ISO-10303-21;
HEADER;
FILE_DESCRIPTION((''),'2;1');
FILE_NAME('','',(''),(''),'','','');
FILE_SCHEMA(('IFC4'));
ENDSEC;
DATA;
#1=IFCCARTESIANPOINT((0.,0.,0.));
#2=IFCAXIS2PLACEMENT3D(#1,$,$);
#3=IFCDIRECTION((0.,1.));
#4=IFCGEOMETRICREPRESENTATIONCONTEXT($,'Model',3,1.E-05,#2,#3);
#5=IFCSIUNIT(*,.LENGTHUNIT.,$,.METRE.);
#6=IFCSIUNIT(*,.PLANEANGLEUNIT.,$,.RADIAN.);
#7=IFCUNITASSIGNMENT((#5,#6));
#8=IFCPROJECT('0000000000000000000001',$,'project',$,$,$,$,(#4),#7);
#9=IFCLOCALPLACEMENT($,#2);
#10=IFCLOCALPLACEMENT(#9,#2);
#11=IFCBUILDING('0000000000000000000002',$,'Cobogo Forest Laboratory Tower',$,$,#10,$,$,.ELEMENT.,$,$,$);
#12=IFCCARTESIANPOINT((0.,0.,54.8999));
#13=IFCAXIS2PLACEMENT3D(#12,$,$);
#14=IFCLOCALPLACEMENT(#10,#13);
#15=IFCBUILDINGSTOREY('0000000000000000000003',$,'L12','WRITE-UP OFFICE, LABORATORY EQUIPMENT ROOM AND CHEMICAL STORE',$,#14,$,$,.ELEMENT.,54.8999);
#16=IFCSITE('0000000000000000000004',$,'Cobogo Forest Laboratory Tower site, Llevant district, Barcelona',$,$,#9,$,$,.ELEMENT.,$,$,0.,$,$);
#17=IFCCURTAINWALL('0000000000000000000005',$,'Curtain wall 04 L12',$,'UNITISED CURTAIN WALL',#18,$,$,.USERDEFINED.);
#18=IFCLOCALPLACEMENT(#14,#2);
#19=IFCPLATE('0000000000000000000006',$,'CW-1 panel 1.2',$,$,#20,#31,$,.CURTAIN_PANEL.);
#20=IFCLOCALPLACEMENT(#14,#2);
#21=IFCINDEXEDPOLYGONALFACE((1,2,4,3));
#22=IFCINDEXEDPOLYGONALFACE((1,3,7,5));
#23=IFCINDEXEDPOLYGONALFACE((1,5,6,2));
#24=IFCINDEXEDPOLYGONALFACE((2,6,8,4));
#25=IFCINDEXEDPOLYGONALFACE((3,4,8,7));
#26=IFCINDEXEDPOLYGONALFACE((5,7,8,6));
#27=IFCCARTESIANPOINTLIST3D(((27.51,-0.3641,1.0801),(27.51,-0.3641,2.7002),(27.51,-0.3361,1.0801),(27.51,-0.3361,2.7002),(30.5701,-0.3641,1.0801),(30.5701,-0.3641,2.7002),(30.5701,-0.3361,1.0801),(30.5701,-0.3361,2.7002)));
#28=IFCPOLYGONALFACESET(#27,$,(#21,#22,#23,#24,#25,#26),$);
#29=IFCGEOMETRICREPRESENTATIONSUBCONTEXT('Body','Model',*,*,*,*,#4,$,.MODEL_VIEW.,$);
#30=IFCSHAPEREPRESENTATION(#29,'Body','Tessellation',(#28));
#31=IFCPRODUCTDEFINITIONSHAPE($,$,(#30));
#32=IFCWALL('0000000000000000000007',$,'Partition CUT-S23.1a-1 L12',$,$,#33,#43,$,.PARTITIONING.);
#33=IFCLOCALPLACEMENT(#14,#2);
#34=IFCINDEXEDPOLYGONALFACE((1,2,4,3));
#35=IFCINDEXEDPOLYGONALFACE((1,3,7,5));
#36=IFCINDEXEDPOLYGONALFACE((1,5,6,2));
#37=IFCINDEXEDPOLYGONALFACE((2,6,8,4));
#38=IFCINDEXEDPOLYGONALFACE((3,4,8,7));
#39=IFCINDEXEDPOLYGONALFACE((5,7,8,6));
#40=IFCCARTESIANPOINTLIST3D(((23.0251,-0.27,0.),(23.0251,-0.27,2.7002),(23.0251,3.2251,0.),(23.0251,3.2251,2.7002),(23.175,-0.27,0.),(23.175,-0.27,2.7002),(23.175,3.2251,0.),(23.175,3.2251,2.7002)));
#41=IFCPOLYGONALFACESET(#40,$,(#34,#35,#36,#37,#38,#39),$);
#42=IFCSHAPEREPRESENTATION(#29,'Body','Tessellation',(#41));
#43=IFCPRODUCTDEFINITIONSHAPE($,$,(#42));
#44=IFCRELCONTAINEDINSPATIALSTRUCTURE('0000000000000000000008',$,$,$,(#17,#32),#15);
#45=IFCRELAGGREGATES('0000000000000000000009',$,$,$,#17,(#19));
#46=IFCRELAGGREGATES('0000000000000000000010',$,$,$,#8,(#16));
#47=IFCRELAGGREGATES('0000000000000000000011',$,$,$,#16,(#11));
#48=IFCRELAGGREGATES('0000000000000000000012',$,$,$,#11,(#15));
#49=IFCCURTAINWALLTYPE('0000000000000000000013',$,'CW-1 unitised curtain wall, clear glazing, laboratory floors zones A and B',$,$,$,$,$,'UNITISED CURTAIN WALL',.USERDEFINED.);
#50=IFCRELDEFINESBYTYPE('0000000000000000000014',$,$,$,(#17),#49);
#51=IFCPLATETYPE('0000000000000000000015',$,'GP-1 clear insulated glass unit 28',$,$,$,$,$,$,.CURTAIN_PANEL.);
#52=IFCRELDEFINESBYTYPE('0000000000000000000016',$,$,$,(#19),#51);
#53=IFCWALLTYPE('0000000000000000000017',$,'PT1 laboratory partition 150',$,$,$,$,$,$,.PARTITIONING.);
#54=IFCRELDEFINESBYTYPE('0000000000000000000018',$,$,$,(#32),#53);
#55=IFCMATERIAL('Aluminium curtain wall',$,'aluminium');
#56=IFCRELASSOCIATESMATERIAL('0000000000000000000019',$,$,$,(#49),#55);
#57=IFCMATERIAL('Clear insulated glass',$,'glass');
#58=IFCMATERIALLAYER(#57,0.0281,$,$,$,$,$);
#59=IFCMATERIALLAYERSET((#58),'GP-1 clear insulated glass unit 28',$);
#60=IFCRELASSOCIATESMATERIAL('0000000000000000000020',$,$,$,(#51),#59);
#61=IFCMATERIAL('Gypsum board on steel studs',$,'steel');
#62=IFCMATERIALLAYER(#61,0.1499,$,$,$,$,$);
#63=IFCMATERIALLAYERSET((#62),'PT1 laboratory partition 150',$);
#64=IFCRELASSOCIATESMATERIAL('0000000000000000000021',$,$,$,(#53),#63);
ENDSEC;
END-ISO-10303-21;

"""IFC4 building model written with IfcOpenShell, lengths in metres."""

from ifc_helpers import new_model, si_unit, direction, frame, frame_2d, origin, origin_2d, place, context, subcontext, project, spatial, rectangle, extrude, material, layer, layer_set, type_object, element, aggregate, save


model = new_model("IFC4")

# Units and contexts
model_context = context("Model", 3, precision=1e-05, world=origin(), true_north=direction((0.0, 1.0)))
body_context = subcontext(model_context, "Body", "Model", "MODEL_VIEW")
ifc_project = project(units=[si_unit("LENGTHUNIT", "METRE"), si_unit("PLANEANGLEUNIT", "RADIAN")], contexts=[model_context])

# Site, building, storey
site_placement = place(None, origin())
site = spatial("IfcSite", under=ifc_project, at=site_placement, Name="Cobogo Forest Laboratory Tower site, Llevant district, Barcelona", CompositionType="ELEMENT", RefElevation=0.0)
building_placement = place(site_placement, origin())
building = spatial("IfcBuilding", under=site, at=building_placement, Name="Cobogo Forest Laboratory Tower", CompositionType="ELEMENT")
storey_placement = place(building_placement, frame((0.0, 0.0, 54.8999)))
storey = spatial("IfcBuildingStorey", under=building, at=storey_placement, Name="L12", Description="WRITE-UP OFFICE, LABORATORY EQUIPMENT ROOM AND CHEMICAL STORE", CompositionType="ELEMENT", Elevation=54.8999)

# Curtain wall
ifc_material_1 = material(Name="Aluminium curtain wall", Category="aluminium")
curtain_wall_type = type_object("IfcCurtainWallType", Name="CW-1 unitised curtain wall, clear glazing, laboratory floors zones A and B", ElementType="UNITISED CURTAIN WALL", PredefinedType="USERDEFINED", material=ifc_material_1)
curtain_wall_1_placement = place(storey_placement, origin())
curtain_wall_1 = element("IfcCurtainWall", 1, at=curtain_wall_1_placement, inside=storey, type_object=curtain_wall_type, Name="Curtain wall 04 L12", ObjectType="UNITISED CURTAIN WALL", PredefinedType="USERDEFINED")

# Plate
ifc_material_2 = material(Name="Clear insulated glass", Category="glass")
ifc_layer_1 = layer(ifc_material_2, 0.0281)
ifc_layer_set_1 = layer_set([ifc_layer_1], Name="GP-1 clear insulated glass unit 28")
plate_type_1 = type_object("IfcPlateType", Name="GP-1 clear insulated glass unit 28", PredefinedType="CURTAIN_PANEL", material=ifc_layer_set_1)
plate_1_placement = place(storey_placement, frame((29.04, -0.3501, 1.0801), z_axis=(0.0, 0.0, 1.0), x_axis=(1.0, 0.0, 0.0)))
plate_1 = element("IfcPlate", 2, at=plate_1_placement, type_object=plate_type_1, Name="CW-1 panel 1.2", PredefinedType="CURTAIN_PANEL", context=body_context, shape_type="SweptSolid", body=[
    extrude(rectangle(XDim=3.0601, YDim=0.0281, at=origin_2d()), origin(), (0.0, 0.0, 1.0), 1.6201),
])
aggregate(curtain_wall_1, [plate_1])

# Wall
ifc_material_3 = material(Name="Gypsum board on steel studs", Category="steel")
ifc_layer_2 = layer(ifc_material_3, 0.1499)
ifc_layer_set_2 = layer_set([ifc_layer_2], Name="PT1 laboratory partition 150")
wall_type = type_object("IfcWallType", Name="PT1 laboratory partition 150", PredefinedType="PARTITIONING", material=ifc_layer_set_2)
wall_placement = place(storey_placement, frame((23.1001, -0.27, 0.0), z_axis=(0.0, 0.0, 1.0), x_axis=(0.0, 1.0, 0.0)))
element("IfcWall", 3, at=wall_placement, inside=storey, type_object=wall_type, Name="Partition CUT-S23.1a-1 L12", PredefinedType="PARTITIONING", context=body_context, shape_type="SweptSolid", body=[
    extrude(rectangle(XDim=3.4951, YDim=0.1499, at=frame_2d((1.7476, 0.0))), origin(), (0.0, 0.0, 1.0), 2.7002),
])

save(model, "model.ifc")
